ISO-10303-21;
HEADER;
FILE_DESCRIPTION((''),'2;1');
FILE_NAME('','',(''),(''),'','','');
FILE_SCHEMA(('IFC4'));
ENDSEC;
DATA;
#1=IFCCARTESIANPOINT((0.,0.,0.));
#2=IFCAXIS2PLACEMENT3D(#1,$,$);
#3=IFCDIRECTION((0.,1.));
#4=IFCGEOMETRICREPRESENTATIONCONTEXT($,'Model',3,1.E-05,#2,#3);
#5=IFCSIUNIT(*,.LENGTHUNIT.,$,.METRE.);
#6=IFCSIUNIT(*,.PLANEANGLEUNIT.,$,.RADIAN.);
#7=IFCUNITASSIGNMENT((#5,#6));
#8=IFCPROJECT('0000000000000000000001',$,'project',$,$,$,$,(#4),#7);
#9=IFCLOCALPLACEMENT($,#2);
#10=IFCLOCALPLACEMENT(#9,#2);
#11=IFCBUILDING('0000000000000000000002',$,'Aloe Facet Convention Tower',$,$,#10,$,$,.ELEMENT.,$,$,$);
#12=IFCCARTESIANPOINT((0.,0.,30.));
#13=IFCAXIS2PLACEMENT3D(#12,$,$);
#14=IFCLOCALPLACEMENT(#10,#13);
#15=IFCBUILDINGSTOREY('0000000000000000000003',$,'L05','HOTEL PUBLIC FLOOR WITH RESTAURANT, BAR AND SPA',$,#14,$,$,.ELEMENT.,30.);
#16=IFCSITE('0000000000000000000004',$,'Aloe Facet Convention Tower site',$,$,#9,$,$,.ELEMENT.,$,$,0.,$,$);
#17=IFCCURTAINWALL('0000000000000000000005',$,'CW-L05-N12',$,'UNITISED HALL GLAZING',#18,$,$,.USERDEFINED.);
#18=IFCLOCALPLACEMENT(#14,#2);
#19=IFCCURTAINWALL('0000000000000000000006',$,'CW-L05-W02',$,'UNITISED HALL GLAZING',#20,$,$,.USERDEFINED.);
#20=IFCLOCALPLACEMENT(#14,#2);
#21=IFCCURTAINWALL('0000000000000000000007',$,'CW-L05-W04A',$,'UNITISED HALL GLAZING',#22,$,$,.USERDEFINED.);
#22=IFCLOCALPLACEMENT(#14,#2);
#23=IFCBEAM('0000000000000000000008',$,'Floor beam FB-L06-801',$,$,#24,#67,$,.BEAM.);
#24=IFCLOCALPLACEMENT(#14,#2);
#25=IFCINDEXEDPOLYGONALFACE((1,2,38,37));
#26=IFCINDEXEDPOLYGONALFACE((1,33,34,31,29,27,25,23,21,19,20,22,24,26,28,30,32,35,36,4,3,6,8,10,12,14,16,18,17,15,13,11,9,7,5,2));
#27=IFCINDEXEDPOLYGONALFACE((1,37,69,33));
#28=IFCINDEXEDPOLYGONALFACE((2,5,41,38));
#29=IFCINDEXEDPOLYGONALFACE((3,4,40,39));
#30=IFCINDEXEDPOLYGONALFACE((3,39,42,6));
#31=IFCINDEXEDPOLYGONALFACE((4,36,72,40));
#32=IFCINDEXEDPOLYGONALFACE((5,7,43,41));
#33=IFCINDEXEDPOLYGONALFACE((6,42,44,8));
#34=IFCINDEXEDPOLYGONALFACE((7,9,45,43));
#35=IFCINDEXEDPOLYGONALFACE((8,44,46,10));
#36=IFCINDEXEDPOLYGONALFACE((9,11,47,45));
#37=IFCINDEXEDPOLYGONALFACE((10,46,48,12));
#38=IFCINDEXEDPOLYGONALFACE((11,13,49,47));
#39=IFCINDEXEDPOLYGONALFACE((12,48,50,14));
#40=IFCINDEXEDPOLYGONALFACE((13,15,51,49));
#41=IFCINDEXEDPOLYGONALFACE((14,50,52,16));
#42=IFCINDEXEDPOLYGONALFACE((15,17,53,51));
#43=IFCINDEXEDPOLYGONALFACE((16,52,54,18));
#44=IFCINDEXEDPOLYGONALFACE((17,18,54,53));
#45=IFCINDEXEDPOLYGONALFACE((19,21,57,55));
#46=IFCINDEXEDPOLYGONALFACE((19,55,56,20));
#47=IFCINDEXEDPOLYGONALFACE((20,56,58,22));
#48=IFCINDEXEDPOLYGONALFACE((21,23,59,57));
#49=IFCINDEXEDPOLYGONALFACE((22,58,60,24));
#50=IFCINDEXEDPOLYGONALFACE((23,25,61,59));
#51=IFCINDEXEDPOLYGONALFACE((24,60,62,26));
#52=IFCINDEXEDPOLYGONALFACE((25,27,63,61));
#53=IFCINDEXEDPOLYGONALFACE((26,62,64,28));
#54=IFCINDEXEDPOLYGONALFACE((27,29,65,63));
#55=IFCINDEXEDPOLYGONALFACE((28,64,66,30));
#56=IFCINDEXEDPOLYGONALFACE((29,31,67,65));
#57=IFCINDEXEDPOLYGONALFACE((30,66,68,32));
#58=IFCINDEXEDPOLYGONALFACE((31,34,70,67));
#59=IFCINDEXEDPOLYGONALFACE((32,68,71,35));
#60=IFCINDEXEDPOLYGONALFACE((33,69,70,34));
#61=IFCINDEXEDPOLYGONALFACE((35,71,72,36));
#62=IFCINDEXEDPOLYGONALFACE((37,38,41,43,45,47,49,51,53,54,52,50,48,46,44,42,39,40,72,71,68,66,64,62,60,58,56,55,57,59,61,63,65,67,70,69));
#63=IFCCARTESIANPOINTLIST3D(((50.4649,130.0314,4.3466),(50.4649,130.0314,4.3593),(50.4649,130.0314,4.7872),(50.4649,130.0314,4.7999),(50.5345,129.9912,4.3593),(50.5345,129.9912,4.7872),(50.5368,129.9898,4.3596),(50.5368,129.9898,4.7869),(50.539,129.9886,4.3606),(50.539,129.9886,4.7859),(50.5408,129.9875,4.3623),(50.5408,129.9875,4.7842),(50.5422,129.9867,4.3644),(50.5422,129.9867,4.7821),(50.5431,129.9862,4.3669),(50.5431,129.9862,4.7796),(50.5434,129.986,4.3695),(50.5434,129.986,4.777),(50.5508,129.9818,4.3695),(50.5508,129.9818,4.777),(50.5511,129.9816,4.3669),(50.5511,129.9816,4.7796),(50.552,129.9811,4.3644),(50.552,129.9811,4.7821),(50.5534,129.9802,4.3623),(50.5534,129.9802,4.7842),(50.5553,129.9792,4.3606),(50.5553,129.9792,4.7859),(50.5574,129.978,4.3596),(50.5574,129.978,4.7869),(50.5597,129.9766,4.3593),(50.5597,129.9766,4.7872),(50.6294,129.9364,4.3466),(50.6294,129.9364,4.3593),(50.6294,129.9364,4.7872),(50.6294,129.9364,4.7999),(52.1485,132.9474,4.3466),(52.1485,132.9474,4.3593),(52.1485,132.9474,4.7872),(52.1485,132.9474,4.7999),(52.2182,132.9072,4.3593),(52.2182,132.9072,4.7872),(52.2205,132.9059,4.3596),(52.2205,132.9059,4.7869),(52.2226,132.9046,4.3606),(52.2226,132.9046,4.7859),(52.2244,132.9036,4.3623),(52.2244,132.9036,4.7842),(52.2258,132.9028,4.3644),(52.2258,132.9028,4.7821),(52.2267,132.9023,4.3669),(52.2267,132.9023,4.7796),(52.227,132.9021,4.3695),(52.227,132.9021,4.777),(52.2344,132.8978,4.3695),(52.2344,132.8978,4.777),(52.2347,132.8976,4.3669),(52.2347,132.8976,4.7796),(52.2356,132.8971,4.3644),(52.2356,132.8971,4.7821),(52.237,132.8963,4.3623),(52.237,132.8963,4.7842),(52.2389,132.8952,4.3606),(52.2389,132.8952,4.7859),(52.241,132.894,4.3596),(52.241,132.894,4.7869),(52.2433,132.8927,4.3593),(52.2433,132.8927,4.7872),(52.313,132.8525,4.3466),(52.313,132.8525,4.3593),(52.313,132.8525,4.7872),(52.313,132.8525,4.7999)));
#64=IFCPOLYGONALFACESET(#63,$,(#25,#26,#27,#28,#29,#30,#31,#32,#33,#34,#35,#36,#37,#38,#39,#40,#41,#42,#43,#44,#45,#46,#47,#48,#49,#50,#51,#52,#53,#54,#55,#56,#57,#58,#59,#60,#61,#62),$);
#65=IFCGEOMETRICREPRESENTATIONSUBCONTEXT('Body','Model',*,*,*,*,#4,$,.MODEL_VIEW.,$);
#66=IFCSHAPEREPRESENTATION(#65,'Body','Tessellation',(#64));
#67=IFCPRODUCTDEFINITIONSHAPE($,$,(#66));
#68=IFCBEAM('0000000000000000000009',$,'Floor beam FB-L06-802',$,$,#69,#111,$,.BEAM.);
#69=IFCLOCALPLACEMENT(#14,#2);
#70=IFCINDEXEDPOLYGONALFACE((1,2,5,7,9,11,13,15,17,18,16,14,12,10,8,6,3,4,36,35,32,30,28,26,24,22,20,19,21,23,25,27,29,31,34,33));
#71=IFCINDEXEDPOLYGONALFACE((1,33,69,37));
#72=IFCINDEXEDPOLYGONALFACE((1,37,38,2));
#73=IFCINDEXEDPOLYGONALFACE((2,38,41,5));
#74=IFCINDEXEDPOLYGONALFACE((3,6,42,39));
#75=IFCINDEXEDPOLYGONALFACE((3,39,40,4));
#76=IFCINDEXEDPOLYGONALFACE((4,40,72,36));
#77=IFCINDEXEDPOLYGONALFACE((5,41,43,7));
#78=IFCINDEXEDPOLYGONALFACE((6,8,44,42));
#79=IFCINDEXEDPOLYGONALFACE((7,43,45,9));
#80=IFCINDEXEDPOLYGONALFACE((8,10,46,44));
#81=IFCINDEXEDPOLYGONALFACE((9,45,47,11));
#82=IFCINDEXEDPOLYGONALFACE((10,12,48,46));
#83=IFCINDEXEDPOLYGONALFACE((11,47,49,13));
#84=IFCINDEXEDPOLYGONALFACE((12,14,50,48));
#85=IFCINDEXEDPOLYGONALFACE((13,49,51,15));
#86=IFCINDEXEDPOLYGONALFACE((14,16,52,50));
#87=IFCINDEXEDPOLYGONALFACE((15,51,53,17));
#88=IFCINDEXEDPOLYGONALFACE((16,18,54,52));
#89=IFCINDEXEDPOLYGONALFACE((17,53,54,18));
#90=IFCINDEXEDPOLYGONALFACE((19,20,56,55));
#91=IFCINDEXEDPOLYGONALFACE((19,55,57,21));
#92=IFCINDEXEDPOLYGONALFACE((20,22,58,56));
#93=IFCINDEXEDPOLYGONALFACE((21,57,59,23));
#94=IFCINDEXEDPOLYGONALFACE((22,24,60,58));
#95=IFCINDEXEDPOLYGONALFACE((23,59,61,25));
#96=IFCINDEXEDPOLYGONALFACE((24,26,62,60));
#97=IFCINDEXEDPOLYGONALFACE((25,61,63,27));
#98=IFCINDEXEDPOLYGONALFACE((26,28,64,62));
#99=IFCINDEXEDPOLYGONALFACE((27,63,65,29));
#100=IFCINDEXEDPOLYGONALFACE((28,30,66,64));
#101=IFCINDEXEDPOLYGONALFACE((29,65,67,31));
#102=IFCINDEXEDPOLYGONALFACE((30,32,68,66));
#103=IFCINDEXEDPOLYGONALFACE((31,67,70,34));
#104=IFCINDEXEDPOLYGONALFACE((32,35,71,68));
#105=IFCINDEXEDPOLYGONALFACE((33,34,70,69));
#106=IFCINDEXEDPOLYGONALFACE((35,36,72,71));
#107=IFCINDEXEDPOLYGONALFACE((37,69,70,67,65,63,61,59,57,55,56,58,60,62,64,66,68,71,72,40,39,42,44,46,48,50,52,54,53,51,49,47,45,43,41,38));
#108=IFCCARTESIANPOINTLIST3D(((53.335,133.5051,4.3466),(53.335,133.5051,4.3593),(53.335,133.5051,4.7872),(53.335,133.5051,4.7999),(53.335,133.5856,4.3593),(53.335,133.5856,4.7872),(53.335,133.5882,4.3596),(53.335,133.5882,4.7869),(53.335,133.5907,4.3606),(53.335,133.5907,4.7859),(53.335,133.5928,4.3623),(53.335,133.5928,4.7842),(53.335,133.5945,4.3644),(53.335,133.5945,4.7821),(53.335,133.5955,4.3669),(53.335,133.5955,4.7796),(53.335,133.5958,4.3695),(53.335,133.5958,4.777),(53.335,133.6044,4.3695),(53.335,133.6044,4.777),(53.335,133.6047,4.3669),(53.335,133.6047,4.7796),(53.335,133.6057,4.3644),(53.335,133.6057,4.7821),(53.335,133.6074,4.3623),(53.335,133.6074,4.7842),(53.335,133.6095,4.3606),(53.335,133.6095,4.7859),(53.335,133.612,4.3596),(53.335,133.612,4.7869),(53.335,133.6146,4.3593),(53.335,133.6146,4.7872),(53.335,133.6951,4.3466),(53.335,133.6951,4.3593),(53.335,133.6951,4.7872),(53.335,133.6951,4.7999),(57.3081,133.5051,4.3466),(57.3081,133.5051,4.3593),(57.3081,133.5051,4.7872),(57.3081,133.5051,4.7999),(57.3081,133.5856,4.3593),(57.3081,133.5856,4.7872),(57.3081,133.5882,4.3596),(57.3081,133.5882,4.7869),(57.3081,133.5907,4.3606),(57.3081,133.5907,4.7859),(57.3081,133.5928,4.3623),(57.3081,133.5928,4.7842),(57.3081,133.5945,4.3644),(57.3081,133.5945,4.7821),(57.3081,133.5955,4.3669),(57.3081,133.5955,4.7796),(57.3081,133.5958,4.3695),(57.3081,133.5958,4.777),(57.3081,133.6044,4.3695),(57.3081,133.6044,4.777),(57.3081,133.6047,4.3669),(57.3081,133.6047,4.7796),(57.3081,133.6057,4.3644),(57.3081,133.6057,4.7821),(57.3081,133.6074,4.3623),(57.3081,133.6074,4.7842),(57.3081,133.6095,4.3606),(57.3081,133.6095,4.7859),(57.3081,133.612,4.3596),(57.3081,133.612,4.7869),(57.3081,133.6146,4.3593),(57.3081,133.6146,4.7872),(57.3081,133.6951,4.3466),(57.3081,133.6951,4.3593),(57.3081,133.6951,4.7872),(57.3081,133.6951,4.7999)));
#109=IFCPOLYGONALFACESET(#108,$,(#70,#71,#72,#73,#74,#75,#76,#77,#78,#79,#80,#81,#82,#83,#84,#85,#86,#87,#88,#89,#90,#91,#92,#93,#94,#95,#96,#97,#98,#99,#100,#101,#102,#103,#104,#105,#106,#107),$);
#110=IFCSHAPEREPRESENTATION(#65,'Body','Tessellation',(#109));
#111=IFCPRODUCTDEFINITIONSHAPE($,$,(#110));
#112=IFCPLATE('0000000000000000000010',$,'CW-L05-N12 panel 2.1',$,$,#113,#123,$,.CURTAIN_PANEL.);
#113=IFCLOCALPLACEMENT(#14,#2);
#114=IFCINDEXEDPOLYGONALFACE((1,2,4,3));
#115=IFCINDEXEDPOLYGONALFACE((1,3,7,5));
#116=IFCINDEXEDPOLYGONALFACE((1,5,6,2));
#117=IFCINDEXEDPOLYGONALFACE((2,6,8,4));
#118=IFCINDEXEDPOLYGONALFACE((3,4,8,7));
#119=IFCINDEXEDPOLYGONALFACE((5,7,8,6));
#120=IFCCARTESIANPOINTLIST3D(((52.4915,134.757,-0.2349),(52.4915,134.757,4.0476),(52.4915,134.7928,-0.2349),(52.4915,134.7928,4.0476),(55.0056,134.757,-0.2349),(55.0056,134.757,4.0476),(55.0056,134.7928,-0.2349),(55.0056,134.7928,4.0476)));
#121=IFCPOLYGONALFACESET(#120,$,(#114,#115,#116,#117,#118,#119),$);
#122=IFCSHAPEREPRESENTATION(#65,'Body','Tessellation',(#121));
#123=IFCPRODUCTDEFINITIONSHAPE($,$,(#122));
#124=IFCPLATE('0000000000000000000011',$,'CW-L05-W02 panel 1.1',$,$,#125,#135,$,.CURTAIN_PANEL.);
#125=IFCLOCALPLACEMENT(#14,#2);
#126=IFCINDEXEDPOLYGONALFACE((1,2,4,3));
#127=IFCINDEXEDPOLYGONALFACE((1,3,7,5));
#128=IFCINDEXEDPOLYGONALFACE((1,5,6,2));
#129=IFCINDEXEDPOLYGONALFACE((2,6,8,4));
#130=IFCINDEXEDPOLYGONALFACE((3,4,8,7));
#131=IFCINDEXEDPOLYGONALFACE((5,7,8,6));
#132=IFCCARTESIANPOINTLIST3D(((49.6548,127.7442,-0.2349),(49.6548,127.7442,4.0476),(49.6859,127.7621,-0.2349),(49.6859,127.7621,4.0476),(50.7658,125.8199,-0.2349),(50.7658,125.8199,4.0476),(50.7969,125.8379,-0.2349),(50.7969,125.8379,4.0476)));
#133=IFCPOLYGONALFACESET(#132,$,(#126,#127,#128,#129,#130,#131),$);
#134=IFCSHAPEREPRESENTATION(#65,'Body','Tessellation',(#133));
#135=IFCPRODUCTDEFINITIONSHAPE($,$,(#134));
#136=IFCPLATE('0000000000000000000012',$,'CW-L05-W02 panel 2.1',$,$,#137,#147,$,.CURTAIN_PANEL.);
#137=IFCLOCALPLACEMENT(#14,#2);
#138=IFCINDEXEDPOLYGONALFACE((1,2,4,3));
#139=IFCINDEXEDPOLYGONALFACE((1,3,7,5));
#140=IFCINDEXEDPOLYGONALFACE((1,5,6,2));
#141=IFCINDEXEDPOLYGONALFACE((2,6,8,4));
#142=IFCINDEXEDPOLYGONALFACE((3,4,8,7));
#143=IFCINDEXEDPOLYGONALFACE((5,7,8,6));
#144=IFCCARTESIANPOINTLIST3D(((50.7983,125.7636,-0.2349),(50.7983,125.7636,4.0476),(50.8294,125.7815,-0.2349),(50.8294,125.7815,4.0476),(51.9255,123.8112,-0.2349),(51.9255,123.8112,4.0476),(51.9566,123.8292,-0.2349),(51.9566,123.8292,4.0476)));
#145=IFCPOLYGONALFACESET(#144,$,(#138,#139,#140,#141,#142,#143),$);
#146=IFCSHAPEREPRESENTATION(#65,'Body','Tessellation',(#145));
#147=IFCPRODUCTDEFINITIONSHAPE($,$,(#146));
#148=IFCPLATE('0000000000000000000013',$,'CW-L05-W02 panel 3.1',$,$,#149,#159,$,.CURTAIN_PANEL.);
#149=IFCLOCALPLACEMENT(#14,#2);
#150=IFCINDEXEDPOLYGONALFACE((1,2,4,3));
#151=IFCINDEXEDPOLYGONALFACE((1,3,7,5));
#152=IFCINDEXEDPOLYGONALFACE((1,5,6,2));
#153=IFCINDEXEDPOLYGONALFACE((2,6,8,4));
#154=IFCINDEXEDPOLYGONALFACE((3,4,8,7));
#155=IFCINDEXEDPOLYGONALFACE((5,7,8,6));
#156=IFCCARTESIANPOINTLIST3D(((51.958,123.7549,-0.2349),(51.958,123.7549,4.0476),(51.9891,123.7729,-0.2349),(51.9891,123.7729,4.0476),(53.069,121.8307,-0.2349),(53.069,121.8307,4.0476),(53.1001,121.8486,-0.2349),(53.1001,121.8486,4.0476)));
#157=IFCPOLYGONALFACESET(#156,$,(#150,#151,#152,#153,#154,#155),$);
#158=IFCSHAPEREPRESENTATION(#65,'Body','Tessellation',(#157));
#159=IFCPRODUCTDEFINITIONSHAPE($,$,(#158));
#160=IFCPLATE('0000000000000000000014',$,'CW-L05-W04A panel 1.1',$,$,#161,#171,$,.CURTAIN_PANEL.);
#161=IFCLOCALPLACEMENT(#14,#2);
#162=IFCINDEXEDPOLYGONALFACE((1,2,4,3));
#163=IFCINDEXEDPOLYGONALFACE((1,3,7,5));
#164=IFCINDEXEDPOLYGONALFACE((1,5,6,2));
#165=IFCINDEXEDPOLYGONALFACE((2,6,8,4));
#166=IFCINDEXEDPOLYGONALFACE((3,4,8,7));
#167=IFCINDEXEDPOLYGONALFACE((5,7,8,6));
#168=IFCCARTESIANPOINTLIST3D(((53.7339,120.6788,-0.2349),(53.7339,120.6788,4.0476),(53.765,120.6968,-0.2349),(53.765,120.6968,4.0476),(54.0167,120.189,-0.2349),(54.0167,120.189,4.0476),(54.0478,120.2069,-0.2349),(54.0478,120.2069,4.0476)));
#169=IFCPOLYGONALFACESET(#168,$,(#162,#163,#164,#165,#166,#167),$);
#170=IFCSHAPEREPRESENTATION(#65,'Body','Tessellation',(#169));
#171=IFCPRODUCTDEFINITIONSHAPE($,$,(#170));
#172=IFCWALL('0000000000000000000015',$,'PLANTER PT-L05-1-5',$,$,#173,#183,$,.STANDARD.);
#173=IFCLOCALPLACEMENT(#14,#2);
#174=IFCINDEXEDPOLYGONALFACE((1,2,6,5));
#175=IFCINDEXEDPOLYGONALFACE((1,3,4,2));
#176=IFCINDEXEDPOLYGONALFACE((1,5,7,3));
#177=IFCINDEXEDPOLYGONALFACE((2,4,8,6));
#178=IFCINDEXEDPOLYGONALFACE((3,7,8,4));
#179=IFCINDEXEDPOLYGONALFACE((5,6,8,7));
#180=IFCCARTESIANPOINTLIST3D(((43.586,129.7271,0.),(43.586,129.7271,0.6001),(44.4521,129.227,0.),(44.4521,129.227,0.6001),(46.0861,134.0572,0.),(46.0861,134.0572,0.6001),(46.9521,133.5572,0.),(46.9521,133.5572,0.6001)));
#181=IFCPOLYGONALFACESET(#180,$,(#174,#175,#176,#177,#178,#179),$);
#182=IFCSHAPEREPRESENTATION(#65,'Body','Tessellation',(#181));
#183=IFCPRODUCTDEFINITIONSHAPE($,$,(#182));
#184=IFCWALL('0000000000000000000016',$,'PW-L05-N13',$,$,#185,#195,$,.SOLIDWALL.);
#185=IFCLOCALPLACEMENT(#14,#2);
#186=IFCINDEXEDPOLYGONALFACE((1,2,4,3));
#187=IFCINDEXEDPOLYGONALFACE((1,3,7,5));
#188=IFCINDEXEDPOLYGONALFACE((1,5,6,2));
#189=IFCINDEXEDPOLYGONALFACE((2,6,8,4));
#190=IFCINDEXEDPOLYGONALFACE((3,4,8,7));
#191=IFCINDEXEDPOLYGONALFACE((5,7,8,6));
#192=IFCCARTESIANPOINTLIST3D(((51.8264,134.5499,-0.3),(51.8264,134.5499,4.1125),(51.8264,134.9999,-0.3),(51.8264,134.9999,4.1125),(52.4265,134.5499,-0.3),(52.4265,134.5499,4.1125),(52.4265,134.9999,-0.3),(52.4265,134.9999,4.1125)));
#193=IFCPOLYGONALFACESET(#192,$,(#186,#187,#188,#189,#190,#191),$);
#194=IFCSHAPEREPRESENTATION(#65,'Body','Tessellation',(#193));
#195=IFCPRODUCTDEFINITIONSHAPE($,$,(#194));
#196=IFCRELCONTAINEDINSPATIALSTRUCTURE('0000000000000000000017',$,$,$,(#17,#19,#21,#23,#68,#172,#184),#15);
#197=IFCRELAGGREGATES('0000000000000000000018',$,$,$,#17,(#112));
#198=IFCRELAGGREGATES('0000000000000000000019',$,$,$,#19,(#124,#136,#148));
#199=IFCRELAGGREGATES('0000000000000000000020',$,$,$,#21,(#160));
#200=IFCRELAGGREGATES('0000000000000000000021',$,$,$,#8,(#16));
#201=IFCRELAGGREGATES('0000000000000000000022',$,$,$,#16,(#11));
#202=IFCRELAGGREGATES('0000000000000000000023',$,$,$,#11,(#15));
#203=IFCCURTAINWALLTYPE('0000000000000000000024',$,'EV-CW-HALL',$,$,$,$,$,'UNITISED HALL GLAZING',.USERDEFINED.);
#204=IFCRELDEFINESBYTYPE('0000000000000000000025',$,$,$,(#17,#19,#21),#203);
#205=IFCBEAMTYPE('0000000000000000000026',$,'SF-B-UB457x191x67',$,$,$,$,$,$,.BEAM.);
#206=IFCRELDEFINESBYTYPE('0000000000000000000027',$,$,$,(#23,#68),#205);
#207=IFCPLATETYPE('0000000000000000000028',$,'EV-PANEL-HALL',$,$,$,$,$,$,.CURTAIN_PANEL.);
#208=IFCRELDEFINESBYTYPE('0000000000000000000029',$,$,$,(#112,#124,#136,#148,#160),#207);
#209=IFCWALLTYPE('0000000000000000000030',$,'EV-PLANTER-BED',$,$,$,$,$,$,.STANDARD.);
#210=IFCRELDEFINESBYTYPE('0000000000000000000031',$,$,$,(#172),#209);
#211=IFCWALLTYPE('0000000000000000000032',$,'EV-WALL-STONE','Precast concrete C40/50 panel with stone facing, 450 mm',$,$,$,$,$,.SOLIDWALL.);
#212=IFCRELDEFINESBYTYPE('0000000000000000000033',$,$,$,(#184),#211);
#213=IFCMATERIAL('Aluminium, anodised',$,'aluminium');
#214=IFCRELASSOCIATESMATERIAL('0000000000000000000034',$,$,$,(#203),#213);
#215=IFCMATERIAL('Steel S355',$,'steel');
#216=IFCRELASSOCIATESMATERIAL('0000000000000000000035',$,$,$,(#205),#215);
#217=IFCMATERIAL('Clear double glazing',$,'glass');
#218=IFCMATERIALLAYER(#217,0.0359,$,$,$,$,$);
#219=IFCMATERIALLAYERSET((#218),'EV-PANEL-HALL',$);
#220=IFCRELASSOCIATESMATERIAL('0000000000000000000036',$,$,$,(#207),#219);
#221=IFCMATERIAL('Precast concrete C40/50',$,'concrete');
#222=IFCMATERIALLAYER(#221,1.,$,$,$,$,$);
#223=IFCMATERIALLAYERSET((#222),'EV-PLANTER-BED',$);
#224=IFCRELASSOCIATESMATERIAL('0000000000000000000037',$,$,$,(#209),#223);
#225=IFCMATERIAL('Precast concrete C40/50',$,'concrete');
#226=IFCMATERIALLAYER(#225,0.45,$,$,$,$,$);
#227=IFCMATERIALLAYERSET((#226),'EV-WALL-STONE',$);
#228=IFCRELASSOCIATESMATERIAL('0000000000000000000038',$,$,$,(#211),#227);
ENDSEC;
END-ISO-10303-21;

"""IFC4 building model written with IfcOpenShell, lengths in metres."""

from ifc_helpers import new_model, si_unit, direction, frame, frame_2d, origin, origin_2d, place, context, subcontext, project, spatial, rectangle, i_section, extrude, material, layer, layer_set, material_profile, profile_set, type_object, element, aggregate, save


model = new_model("IFC4")

# Units and contexts
model_context = context("Model", 3, precision=1e-05, world=origin(), true_north=direction((0.0, 1.0)))
body_context = subcontext(model_context, "Body", "Model", "MODEL_VIEW")
ifc_project = project(units=[si_unit("LENGTHUNIT", "METRE"), si_unit("PLANEANGLEUNIT", "RADIAN")], contexts=[model_context])

# Site, building, storey
site_placement = place(None, origin())
site = spatial("IfcSite", under=ifc_project, at=site_placement, Name="Aloe Facet Convention Tower site", CompositionType="ELEMENT", RefElevation=0.0)
building_placement = place(site_placement, origin())
building = spatial("IfcBuilding", under=site, at=building_placement, Name="Aloe Facet Convention Tower", CompositionType="ELEMENT")
storey_placement = place(building_placement, frame((0.0, 0.0, 30.0)))
storey = spatial("IfcBuildingStorey", under=building, at=storey_placement, Name="L05", Description="HOTEL PUBLIC FLOOR WITH RESTAURANT, BAR AND SPA", CompositionType="ELEMENT", Elevation=30.0)

# Curtain wall
ifc_material_1 = material(Name="Aluminium, anodised", Category="aluminium")
curtain_wall_type = type_object("IfcCurtainWallType", Name="EV-CW-HALL", ElementType="UNITISED HALL GLAZING", PredefinedType="USERDEFINED", material=ifc_material_1)
curtain_wall_1_placement = place(storey_placement, origin())
curtain_wall_1 = element("IfcCurtainWall", 1, at=curtain_wall_1_placement, inside=storey, type_object=curtain_wall_type, Name="CW-L05-N12", ObjectType="UNITISED HALL GLAZING", PredefinedType="USERDEFINED")

# Curtain walls
curtain_wall_2_placement = place(storey_placement, origin())
curtain_wall_2 = element("IfcCurtainWall", 2, at=curtain_wall_2_placement, inside=storey, type_object=curtain_wall_type, Name="CW-L05-W02", ObjectType="UNITISED HALL GLAZING", PredefinedType="USERDEFINED")
curtain_wall_3_placement = place(storey_placement, origin())
curtain_wall_3 = element("IfcCurtainWall", 3, at=curtain_wall_3_placement, inside=storey, type_object=curtain_wall_type, Name="CW-L05-W04A", ObjectType="UNITISED HALL GLAZING", PredefinedType="USERDEFINED")

# Beams
ifc_material_2 = material(Name="Steel S355", Category="steel")
ifc_material_profile_1 = material_profile(ifc_material_2, i_section(OverallWidth=0.1899, OverallDepth=0.4534, WebThickness=0.0085, FlangeThickness=0.0127, FilletRadius=0.0103, at=origin_2d()), Name="UB 457x191x67")
ifc_profile_set_1 = profile_set([ifc_material_profile_1], Name="Steel S355")
beam_type_1 = type_object("IfcBeamType", Name="SF-B-UB457x191x67", PredefinedType="BEAM", material=ifc_profile_set_1)
beam_1_placement = place(storey_placement, frame((50.5471, 129.9839, 4.5732), z_axis=(0.500007, 0.866021, 0.0), x_axis=(-0.866021, 0.500007, 0.0)))
element("IfcBeam", 4, at=beam_1_placement, inside=storey, type_object=beam_type_1, Name="Floor beam FB-L06-801", PredefinedType="BEAM", context=body_context, shape_type="SweptSolid", body=[
    extrude(i_section(OverallWidth=0.1899, OverallDepth=0.4534, WebThickness=0.0085, FlangeThickness=0.0127, FilletRadius=0.0103, at=origin_2d()), origin(), (0.0, 0.0, 1.0), 3.3672),
])
beam_2_placement = place(storey_placement, frame((53.335, 133.6001, 4.5732), z_axis=(1.0, 0.0, 0.0), x_axis=(0.0, 1.0, 0.0)))
element("IfcBeam", 5, at=beam_2_placement, inside=storey, type_object=beam_type_1, Name="Floor beam FB-L06-802", PredefinedType="BEAM", context=body_context, shape_type="SweptSolid", body=[
    extrude(i_section(OverallWidth=0.1899, OverallDepth=0.4534, WebThickness=0.0085, FlangeThickness=0.0127, FilletRadius=0.0103, at=origin_2d()), origin(), (0.0, 0.0, 1.0), 3.9731),
])

# Plates
ifc_material_3 = material(Name="Clear double glazing", Category="glass")
ifc_layer_1 = layer(ifc_material_3, 0.0359)
ifc_layer_set_1 = layer_set([ifc_layer_1], Name="EV-PANEL-HALL")
plate_type = type_object("IfcPlateType", Name="EV-PANEL-HALL", PredefinedType="CURTAIN_PANEL", material=ifc_layer_set_1)
plate_1_placement = place(storey_placement, frame((53.7485, 134.7749, -0.2349), z_axis=(0.0, 0.0, 1.0), x_axis=(-1.0, 0.0, 0.0)))
plate_1 = element("IfcPlate", 6, at=plate_1_placement, type_object=plate_type, Name="CW-L05-N12 panel 2.1", PredefinedType="CURTAIN_PANEL", context=body_context, shape_type="SweptSolid", body=[
    extrude(rectangle(XDim=2.5142, YDim=0.0359, at=origin_2d()), origin(), (0.0, 0.0, 1.0), 4.2825),
])
aggregate(curtain_wall_1, [plate_1])
plate_2_placement = place(storey_placement, frame((50.2258, 126.791, -0.2349), z_axis=(0.0, 0.0, 1.0), x_axis=(0.5, -0.866025, 0.0)))
plate_2 = element("IfcPlate", 7, at=plate_2_placement, type_object=plate_type, Name="CW-L05-W02 panel 1.1", PredefinedType="CURTAIN_PANEL", context=body_context, shape_type="SweptSolid", body=[
    extrude(rectangle(XDim=2.2219, YDim=0.0359, at=origin_2d()), origin(), (0.0, 0.0, 1.0), 4.2825),
])
plate_3_placement = place(storey_placement, frame((51.3774, 124.7964, -0.2349), z_axis=(0.0, 0.0, 1.0), x_axis=(0.5, -0.866025, 0.0)))
plate_3 = element("IfcPlate", 8, at=plate_3_placement, type_object=plate_type, Name="CW-L05-W02 panel 2.1", PredefinedType="CURTAIN_PANEL", context=body_context, shape_type="SweptSolid", body=[
    extrude(rectangle(XDim=2.2544, YDim=0.0359, at=origin_2d()), origin(), (0.0, 0.0, 1.0), 4.2825),
])
plate_4_placement = place(storey_placement, frame((52.5291, 122.8018, -0.2349), z_axis=(0.0, 0.0, 1.0), x_axis=(0.5, -0.866025, 0.0)))
plate_4 = element("IfcPlate", 9, at=plate_4_placement, type_object=plate_type, Name="CW-L05-W02 panel 3.1", PredefinedType="CURTAIN_PANEL", context=body_context, shape_type="SweptSolid", body=[
    extrude(rectangle(XDim=2.2219, YDim=0.0359, at=origin_2d()), origin(), (0.0, 0.0, 1.0), 4.2825),
])
aggregate(curtain_wall_2, [plate_2, plate_3, plate_4])
plate_5_placement = place(storey_placement, frame((53.8909, 120.4429, -0.2349), z_axis=(0.0, 0.0, 1.0), x_axis=(0.5, -0.866025, 0.0)))
plate_5 = element("IfcPlate", 10, at=plate_5_placement, type_object=plate_type, Name="CW-L05-W04A panel 1.1", PredefinedType="CURTAIN_PANEL", context=body_context, shape_type="SweptSolid", body=[
    extrude(rectangle(XDim=0.5657, YDim=0.0359, at=origin_2d()), origin(), (0.0, 0.0, 1.0), 4.2825),
])
aggregate(curtain_wall_3, [plate_5])

# Walls
ifc_material_4 = material(Name="Precast concrete C40/50", Category="concrete")
ifc_layer_2 = layer(ifc_material_4, 1.0)
ifc_layer_set_2 = layer_set([ifc_layer_2], Name="EV-PLANTER-BED")
wall_type_1 = type_object("IfcWallType", Name="EV-PLANTER-BED", PredefinedType="STANDARD", material=ifc_layer_set_2)
wall_1_placement = place(storey_placement, frame((44.019, 129.4771, 0.0), z_axis=(0.0, 0.0, 1.0), x_axis=(0.500004, 0.866023, 0.0)))
element("IfcWall", 11, at=wall_1_placement, inside=storey, type_object=wall_type_1, Name="PLANTER PT-L05-1-5", PredefinedType="STANDARD", context=body_context, shape_type="SweptSolid", body=[
    extrude(rectangle(XDim=5.0, YDim=1.0, at=frame_2d((2.5, 0.0))), origin(), (0.0, 0.0, 1.0), 0.6001),
])
ifc_material_5 = material(Name="Precast concrete C40/50", Category="concrete")
ifc_layer_3 = layer(ifc_material_5, 0.45)
ifc_layer_set_3 = layer_set([ifc_layer_3], Name="EV-WALL-STONE")
wall_type_2 = type_object("IfcWallType", Name="EV-WALL-STONE", Description="Precast concrete C40/50 panel with stone facing, 450 mm", PredefinedType="SOLIDWALL", material=ifc_layer_set_3)
wall_2_placement = place(storey_placement, frame((52.4265, 134.7749, -0.3), z_axis=(0.0, 0.0, 1.0), x_axis=(-1.0, 0.0, 0.0)))
element("IfcWall", 12, at=wall_2_placement, inside=storey, type_object=wall_type_2, Name="PW-L05-N13", PredefinedType="SOLIDWALL", context=body_context, shape_type="SweptSolid", body=[
    extrude(rectangle(XDim=0.6001, YDim=0.45, at=frame_2d((0.3, 0.0))), origin(), (0.0, 0.0, 1.0), 4.4126),
])

save(model, "model.ifc")
